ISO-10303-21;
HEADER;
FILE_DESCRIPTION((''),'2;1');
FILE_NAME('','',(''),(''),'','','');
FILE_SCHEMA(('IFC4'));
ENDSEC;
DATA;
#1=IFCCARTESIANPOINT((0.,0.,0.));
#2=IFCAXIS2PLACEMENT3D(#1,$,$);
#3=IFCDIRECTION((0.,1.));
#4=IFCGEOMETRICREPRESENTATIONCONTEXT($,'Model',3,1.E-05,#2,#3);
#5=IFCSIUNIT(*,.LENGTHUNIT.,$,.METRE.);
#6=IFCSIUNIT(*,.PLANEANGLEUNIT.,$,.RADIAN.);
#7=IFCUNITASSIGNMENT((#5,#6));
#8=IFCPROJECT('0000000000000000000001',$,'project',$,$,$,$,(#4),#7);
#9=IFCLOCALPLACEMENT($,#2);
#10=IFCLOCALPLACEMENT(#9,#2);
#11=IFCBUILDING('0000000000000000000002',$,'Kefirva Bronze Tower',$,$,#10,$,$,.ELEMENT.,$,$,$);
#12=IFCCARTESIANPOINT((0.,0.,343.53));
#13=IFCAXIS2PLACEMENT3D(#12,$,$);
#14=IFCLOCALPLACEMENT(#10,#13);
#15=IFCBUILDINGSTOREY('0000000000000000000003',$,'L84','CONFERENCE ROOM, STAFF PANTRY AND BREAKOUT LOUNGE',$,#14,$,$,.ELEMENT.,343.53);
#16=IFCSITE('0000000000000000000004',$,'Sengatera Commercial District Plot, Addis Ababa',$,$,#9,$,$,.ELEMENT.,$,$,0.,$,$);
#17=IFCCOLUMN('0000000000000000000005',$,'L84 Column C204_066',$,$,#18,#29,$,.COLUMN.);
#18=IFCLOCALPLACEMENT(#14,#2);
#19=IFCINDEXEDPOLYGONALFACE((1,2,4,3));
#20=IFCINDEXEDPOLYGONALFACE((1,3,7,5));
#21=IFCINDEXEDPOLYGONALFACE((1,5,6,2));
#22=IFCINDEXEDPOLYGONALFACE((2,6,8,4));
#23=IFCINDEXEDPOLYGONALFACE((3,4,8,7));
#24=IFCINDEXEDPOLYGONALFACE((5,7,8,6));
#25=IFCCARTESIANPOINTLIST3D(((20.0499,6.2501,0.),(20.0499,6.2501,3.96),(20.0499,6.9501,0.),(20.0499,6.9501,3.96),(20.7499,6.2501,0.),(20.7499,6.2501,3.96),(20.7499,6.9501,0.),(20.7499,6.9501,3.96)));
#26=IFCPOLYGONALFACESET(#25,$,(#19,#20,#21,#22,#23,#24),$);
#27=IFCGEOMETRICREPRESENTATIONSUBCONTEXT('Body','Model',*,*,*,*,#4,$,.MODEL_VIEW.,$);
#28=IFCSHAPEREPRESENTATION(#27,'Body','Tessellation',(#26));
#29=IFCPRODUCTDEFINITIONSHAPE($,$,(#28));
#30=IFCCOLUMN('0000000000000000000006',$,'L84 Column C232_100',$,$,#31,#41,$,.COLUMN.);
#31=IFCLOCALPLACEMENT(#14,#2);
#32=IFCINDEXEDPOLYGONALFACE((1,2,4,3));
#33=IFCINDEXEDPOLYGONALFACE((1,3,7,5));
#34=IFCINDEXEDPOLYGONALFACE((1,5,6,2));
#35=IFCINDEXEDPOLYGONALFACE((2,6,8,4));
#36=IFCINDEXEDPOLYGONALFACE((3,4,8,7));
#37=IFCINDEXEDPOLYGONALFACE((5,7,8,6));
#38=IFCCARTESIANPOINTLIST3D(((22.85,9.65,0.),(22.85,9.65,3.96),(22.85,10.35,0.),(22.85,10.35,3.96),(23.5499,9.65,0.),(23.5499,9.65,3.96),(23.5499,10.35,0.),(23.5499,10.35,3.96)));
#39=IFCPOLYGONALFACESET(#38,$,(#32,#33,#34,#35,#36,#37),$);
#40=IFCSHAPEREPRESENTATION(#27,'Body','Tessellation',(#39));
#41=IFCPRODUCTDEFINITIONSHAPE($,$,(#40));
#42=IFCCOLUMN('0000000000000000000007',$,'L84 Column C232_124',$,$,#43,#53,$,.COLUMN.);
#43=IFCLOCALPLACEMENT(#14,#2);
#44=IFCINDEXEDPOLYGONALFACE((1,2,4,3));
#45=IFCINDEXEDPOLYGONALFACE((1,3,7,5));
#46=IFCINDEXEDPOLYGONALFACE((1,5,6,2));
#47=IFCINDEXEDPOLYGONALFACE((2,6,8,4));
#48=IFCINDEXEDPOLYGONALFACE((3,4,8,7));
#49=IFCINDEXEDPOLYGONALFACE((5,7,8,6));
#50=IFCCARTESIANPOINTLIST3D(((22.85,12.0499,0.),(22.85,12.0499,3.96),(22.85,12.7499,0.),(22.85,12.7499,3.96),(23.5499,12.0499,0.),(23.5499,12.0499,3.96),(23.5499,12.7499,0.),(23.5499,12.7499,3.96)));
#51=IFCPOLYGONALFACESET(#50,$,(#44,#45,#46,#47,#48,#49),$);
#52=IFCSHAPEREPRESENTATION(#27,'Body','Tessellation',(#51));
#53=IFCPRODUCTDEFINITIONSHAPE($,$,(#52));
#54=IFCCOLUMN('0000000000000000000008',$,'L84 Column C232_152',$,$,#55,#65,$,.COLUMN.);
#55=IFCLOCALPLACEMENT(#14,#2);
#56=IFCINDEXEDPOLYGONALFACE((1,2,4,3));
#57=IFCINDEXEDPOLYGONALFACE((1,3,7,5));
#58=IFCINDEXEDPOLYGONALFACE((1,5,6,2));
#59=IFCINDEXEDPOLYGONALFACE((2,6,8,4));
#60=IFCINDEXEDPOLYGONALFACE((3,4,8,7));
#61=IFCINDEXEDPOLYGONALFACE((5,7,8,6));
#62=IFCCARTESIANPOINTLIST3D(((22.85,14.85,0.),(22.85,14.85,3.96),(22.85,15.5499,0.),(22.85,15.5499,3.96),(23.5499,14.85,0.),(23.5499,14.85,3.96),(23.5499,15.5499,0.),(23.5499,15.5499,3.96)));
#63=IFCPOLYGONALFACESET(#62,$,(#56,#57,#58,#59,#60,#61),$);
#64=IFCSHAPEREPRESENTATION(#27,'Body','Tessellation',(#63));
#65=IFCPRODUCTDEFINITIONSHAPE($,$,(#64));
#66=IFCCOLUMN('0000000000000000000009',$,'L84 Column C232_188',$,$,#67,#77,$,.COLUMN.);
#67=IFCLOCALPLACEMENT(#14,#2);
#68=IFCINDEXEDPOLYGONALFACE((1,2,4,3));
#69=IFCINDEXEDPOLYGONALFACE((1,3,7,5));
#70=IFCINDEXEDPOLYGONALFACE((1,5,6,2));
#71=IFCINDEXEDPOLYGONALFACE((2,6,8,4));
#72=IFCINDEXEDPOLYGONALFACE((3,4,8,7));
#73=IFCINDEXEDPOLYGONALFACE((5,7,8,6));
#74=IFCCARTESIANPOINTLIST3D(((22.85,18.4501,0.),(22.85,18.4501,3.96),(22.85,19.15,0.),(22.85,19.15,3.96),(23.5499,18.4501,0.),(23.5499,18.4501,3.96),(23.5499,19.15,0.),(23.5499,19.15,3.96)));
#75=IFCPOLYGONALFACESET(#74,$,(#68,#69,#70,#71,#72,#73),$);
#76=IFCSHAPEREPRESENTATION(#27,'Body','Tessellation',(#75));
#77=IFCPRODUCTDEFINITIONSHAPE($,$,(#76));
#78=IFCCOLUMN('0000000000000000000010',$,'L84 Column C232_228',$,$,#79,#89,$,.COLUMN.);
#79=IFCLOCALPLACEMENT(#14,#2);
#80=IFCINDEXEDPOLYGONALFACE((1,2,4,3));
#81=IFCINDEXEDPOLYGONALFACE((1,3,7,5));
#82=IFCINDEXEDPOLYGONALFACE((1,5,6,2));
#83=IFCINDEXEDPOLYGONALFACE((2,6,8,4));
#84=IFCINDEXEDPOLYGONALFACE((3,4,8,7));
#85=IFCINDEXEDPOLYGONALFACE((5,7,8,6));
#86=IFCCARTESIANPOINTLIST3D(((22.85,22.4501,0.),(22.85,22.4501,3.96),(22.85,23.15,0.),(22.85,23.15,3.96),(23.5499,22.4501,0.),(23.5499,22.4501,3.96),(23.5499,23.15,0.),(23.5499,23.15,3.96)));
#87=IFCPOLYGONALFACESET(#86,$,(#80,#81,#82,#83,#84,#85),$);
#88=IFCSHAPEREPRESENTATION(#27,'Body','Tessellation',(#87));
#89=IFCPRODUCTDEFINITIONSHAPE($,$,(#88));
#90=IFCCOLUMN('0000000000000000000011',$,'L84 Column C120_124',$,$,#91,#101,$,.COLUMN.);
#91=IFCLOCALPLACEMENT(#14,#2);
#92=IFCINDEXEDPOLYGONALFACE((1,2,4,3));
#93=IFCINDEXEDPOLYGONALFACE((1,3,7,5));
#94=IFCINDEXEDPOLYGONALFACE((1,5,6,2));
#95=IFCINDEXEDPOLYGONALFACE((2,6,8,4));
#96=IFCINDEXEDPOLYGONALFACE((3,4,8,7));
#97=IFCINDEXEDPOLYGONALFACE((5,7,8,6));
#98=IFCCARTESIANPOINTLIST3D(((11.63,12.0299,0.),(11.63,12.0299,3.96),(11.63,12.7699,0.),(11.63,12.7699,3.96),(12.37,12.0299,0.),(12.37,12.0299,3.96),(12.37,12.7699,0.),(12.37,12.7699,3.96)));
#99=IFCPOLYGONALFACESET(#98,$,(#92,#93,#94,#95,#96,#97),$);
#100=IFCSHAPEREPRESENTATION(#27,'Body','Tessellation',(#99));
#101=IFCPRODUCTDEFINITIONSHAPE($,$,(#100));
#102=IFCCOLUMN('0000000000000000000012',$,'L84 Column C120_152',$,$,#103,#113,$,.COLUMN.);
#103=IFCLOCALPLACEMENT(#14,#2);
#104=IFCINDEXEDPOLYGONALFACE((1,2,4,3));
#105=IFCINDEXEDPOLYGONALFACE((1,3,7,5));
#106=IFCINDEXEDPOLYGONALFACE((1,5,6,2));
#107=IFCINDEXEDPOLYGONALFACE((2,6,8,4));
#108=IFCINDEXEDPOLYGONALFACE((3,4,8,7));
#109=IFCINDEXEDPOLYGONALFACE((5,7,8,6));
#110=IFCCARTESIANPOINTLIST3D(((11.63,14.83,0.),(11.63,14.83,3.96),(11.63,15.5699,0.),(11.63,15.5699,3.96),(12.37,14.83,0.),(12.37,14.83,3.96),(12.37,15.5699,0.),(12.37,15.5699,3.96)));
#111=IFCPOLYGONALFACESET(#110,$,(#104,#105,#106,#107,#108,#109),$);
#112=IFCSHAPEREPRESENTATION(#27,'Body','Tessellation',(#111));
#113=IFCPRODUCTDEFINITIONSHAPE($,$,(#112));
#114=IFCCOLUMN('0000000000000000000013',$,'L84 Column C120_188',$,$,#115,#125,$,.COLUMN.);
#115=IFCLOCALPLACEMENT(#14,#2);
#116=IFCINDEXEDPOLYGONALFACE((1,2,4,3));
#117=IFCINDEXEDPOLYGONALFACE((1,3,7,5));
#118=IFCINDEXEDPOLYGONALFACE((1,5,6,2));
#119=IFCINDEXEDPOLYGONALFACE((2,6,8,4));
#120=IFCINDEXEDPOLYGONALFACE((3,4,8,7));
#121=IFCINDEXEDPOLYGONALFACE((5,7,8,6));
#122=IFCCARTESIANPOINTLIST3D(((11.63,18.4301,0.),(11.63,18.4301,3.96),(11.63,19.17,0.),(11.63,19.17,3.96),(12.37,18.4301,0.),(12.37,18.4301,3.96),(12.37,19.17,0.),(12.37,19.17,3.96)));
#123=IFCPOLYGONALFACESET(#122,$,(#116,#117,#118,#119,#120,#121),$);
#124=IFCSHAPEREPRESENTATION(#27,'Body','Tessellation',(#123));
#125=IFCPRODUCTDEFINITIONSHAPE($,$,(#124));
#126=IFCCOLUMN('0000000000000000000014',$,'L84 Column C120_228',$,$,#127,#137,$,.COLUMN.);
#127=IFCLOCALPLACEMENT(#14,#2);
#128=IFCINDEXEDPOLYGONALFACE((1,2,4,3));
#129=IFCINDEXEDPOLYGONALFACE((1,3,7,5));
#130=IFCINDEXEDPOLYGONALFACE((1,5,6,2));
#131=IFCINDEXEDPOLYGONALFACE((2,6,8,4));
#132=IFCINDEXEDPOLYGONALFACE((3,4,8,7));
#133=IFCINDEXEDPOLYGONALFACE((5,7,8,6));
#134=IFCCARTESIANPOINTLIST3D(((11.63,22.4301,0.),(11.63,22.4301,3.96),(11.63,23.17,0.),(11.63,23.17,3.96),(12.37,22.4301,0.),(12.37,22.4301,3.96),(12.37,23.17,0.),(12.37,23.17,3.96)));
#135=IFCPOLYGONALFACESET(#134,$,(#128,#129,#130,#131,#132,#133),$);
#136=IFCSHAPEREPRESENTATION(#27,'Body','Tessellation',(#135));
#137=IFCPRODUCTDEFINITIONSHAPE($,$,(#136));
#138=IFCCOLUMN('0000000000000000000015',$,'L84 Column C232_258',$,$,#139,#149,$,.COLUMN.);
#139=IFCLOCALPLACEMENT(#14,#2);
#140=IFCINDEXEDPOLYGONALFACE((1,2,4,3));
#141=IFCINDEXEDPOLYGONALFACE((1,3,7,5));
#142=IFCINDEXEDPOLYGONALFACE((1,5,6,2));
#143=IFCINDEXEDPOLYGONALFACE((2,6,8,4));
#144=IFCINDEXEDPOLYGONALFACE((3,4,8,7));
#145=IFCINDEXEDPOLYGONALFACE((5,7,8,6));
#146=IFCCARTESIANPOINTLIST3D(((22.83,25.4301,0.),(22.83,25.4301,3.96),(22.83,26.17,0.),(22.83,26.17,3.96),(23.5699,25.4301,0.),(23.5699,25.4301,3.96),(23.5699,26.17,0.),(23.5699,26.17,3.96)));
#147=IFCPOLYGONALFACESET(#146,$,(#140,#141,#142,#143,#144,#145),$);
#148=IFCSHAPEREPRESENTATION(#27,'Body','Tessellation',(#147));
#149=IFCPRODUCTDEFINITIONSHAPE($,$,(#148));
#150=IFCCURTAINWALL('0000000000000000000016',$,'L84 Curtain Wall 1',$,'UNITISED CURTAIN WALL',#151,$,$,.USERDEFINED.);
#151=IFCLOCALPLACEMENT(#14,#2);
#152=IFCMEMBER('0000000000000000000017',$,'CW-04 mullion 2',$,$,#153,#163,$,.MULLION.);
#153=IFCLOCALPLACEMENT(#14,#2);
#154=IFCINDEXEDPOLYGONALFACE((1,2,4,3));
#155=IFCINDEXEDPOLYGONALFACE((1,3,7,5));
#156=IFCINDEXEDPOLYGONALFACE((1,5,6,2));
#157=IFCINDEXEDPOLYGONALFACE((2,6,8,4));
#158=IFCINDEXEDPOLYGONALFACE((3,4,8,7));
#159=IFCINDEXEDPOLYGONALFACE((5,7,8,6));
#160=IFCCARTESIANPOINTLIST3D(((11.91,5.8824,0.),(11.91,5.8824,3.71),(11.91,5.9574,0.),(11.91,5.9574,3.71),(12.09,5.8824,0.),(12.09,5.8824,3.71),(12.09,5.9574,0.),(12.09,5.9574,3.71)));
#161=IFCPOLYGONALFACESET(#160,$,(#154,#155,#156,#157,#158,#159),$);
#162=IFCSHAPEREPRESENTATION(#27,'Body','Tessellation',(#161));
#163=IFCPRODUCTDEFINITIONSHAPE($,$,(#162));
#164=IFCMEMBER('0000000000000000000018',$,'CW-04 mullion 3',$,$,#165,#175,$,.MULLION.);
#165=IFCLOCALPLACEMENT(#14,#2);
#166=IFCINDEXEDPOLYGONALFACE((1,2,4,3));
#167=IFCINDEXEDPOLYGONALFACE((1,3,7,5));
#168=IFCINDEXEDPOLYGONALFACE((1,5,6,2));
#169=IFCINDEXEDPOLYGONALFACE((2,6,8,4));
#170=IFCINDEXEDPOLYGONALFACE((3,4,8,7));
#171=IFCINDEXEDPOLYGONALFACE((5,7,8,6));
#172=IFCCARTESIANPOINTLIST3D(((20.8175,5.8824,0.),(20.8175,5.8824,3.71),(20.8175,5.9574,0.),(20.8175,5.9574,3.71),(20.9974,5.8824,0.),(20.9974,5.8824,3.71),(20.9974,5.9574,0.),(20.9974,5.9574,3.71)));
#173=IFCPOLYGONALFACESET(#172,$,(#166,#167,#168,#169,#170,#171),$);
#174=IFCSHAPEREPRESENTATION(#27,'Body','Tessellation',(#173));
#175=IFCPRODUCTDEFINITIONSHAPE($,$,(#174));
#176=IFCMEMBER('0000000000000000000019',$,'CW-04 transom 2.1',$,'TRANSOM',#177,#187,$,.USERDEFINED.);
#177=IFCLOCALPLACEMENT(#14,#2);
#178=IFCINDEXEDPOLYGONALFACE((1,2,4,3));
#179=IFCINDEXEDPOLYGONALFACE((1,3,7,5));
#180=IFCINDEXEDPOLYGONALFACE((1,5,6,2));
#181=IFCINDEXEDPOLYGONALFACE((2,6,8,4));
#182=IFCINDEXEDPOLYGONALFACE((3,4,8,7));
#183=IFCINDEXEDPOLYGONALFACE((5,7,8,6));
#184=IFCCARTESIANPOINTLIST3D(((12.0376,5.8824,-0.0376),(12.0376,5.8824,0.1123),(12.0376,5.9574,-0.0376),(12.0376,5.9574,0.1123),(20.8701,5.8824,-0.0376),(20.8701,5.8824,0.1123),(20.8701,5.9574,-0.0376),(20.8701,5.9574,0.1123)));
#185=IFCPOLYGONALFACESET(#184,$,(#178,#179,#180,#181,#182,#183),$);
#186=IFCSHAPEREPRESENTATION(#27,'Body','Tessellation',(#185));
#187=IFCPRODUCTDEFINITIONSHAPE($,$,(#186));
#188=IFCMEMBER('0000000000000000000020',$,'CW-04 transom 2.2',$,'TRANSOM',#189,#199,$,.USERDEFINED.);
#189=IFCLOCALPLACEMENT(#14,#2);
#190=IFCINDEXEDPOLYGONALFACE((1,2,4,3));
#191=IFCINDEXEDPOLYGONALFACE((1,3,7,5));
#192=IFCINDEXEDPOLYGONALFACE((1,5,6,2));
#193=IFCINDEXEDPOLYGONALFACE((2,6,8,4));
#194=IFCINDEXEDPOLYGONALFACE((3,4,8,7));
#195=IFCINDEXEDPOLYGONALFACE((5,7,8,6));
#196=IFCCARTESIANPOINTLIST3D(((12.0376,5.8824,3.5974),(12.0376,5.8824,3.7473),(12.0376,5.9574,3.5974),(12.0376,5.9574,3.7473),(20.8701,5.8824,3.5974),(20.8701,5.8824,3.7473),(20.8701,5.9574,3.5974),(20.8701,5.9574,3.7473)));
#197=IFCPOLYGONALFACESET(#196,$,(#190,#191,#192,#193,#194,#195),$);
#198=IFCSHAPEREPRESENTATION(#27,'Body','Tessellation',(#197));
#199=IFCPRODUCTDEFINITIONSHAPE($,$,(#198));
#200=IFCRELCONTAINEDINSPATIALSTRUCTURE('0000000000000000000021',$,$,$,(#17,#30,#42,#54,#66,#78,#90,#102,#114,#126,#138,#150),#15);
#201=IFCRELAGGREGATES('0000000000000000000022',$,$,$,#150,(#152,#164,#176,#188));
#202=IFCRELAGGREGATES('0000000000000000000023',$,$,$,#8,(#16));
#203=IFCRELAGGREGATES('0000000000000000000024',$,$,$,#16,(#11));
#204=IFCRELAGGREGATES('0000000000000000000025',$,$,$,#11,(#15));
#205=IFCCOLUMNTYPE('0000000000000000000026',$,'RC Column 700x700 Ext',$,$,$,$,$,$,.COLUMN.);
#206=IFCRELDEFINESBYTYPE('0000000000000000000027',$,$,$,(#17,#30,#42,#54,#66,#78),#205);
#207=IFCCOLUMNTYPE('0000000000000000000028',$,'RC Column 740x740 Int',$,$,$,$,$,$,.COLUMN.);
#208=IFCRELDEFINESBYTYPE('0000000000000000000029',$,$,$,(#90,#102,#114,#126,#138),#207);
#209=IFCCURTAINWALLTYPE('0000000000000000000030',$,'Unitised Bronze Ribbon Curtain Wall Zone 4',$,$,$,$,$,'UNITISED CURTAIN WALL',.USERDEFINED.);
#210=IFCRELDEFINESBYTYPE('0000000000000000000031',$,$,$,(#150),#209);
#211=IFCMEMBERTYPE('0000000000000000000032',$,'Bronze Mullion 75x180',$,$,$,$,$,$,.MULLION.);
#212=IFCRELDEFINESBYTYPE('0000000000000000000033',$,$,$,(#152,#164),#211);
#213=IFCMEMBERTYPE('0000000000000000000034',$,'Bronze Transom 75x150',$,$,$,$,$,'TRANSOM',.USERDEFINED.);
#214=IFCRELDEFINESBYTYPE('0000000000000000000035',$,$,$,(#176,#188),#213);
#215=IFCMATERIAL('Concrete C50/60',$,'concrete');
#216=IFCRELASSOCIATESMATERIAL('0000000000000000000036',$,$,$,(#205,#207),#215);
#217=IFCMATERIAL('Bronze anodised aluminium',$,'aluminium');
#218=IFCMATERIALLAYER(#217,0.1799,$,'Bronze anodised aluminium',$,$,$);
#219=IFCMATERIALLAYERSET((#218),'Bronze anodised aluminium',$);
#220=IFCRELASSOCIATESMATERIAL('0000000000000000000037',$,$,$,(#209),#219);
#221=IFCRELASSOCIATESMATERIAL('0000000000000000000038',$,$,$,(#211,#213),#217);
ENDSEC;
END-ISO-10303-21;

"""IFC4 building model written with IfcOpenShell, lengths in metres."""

from ifc_helpers import new_model, si_unit, direction, frame, origin, origin_2d, place, context, subcontext, project, spatial, rectangle, extrude, material, layer, layer_set, material_profile, profile_set, type_object, element, aggregate, save


model = new_model("IFC4")

# Units and contexts
model_context = context("Model", 3, precision=1e-05, world=origin(), true_north=direction((0.0, 1.0)))
body_context = subcontext(model_context, "Body", "Model", "MODEL_VIEW")
ifc_project = project(units=[si_unit("LENGTHUNIT", "METRE"), si_unit("PLANEANGLEUNIT", "RADIAN")], contexts=[model_context])

# Site, building, storey
site_placement = place(None, origin())
site = spatial("IfcSite", under=ifc_project, at=site_placement, Name="Sengatera Commercial District Plot, Addis Ababa", CompositionType="ELEMENT", RefElevation=0.0)
building_placement = place(site_placement, origin())
building = spatial("IfcBuilding", under=site, at=building_placement, Name="Kefirva Bronze Tower", CompositionType="ELEMENT")
storey_placement = place(building_placement, frame((0.0, 0.0, 343.53)))
storey = spatial("IfcBuildingStorey", under=building, at=storey_placement, Name="L84", Description="CONFERENCE ROOM, STAFF PANTRY AND BREAKOUT LOUNGE", CompositionType="ELEMENT", Elevation=343.53)

# Columns
ifc_material_1 = material(Name="Concrete C50/60", Category="concrete")
ifc_material_profile_1 = material_profile(ifc_material_1, rectangle(XDim=0.7, YDim=0.7, at=origin_2d()), Name="RC 700x700")
ifc_profile_set_1 = profile_set([ifc_material_profile_1], Name="Concrete C50/60")
column_type_1 = type_object("IfcColumnType", Name="RC Column 700x700 Ext", PredefinedType="COLUMN", material=ifc_profile_set_1)
for number, where, z_axis, x_axis, name in (
    (1, (20.3999, 6.6001, 0.0), (0.0, 0.0, 1.0), (1.0, 0.0, 0.0), "L84 Column C204_066"),
    (2, (23.2, 10.0, 0.0), (0.0, 0.0, 1.0), (1.0, 0.0, 0.0), "L84 Column C232_100"),
    (3, (23.2, 12.3999, 0.0), (0.0, 0.0, 1.0), (1.0, 0.0, 0.0), "L84 Column C232_124"),
    (4, (23.2, 15.2, 0.0), (0.0, 0.0, 1.0), (1.0, 0.0, 0.0), "L84 Column C232_152"),
    (5, (23.2, 18.8, 0.0), (0.0, 0.0, 1.0), (1.0, 0.0, 0.0), "L84 Column C232_188"),
    (6, (23.2, 22.8, 0.0), (0.0, 0.0, 1.0), (1.0, 0.0, 0.0), "L84 Column C232_228"),
):
    element("IfcColumn", number, at=place(storey_placement, frame(where, z_axis=z_axis, x_axis=x_axis)), inside=storey, type_object=column_type_1, Name=name, PredefinedType="COLUMN", context=body_context, shape_type="SweptSolid", body=[
        extrude(rectangle(XDim=0.7, YDim=0.7, at=origin_2d()), origin(), (0.0, 0.0, 1.0), 3.96),
    ])
ifc_material_profile_2 = material_profile(ifc_material_1, rectangle(XDim=0.74, YDim=0.74, at=origin_2d()), Name="RC 740x740")
ifc_profile_set_2 = profile_set([ifc_material_profile_2], Name="Concrete C50/60")
column_type_2 = type_object("IfcColumnType", Name="RC Column 740x740 Int", PredefinedType="COLUMN", material=ifc_profile_set_2)
for number, where, z_axis, x_axis, name in (
    (7, (12.0, 12.3999, 0.0), (0.0, 0.0, 1.0), (1.0, 0.0, 0.0), "L84 Column C120_124"),
    (8, (12.0, 15.2, 0.0), (0.0, 0.0, 1.0), (1.0, 0.0, 0.0), "L84 Column C120_152"),
    (9, (12.0, 18.8, 0.0), (0.0, 0.0, 1.0), (1.0, 0.0, 0.0), "L84 Column C120_188"),
    (10, (12.0, 22.8, 0.0), (0.0, 0.0, 1.0), (1.0, 0.0, 0.0), "L84 Column C120_228"),
    (11, (23.2, 25.8, 0.0), (0.0, 0.0, 1.0), (1.0, 0.0, 0.0), "L84 Column C232_258"),
):
    element("IfcColumn", number, at=place(storey_placement, frame(where, z_axis=z_axis, x_axis=x_axis)), inside=storey, type_object=column_type_2, Name=name, PredefinedType="COLUMN", context=body_context, shape_type="SweptSolid", body=[
        extrude(rectangle(XDim=0.74, YDim=0.74, at=origin_2d()), origin(), (0.0, 0.0, 1.0), 3.96),
    ])

# Curtain wall, members
ifc_material_2 = material(Name="Bronze anodised aluminium", Category="aluminium")
ifc_layer_1 = layer(ifc_material_2, 0.1799, Name="Bronze anodised aluminium")
ifc_layer_set_1 = layer_set([ifc_layer_1], Name="Bronze anodised aluminium")
curtain_wall_type = type_object("IfcCurtainWallType", Name="Unitised Bronze Ribbon Curtain Wall Zone 4", ElementType="UNITISED CURTAIN WALL", PredefinedType="USERDEFINED", material=ifc_layer_set_1)
curtain_wall_placement = place(storey_placement, origin())
curtain_wall = element("IfcCurtainWall", 12, at=curtain_wall_placement, inside=storey, type_object=curtain_wall_type, Name="L84 Curtain Wall 1", ObjectType="UNITISED CURTAIN WALL", PredefinedType="USERDEFINED")
ifc_material_profile_3 = material_profile(ifc_material_2, rectangle(XDim=0.075, YDim=0.1799, at=origin_2d()), Name="ALU 75x180")
ifc_profile_set_3 = profile_set([ifc_material_profile_3], Name="Bronze anodised aluminium")
member_type_1 = type_object("IfcMemberType", Name="Bronze Mullion 75x180", PredefinedType="MULLION", material=ifc_profile_set_3)
member_1_placement = place(storey_placement, frame((12.0, 5.9199, 0.0), z_axis=(0.0, 0.0, 1.0), x_axis=(0.0, 1.0, 0.0)))
member_1 = element("IfcMember", 13, at=member_1_placement, type_object=member_type_1, Name="CW-04 mullion 2", PredefinedType="MULLION", context=body_context, shape_type="SweptSolid", body=[
    extrude(rectangle(XDim=0.075, YDim=0.1799, at=origin_2d()), origin(), (0.0, 0.0, 1.0), 3.71),
])
member_2_placement = place(storey_placement, frame((20.9075, 5.9199, 0.0), z_axis=(0.0, 0.0, 1.0), x_axis=(0.0, 1.0, 0.0)))
member_2 = element("IfcMember", 14, at=member_2_placement, type_object=member_type_1, Name="CW-04 mullion 3", PredefinedType="MULLION", context=body_context, shape_type="SweptSolid", body=[
    extrude(rectangle(XDim=0.075, YDim=0.1799, at=origin_2d()), origin(), (0.0, 0.0, 1.0), 3.71),
])
ifc_material_profile_4 = material_profile(ifc_material_2, rectangle(XDim=0.075, YDim=0.1499, at=origin_2d()), Name="ALU 75x150")
ifc_profile_set_4 = profile_set([ifc_material_profile_4], Name="Bronze anodised aluminium")
member_type_2 = type_object("IfcMemberType", Name="Bronze Transom 75x150", ElementType="TRANSOM", PredefinedType="USERDEFINED", material=ifc_profile_set_4)
member_3_placement = place(storey_placement, frame((12.0376, 5.9199, 0.0374), z_axis=(1.0, 0.0, 0.0), x_axis=(0.0, 1.0, 0.0)))
member_3 = element("IfcMember", 15, at=member_3_placement, type_object=member_type_2, Name="CW-04 transom 2.1", ObjectType="TRANSOM", PredefinedType="USERDEFINED", context=body_context, shape_type="SweptSolid", body=[
    extrude(rectangle(XDim=0.075, YDim=0.1499, at=origin_2d()), origin(), (0.0, 0.0, 1.0), 8.8325),
])
member_4_placement = place(storey_placement, frame((12.0376, 5.9199, 3.6724), z_axis=(1.0, 0.0, 0.0), x_axis=(0.0, 1.0, 0.0)))
member_4 = element("IfcMember", 16, at=member_4_placement, type_object=member_type_2, Name="CW-04 transom 2.2", ObjectType="TRANSOM", PredefinedType="USERDEFINED", context=body_context, shape_type="SweptSolid", body=[
    extrude(rectangle(XDim=0.075, YDim=0.1499, at=origin_2d()), origin(), (0.0, 0.0, 1.0), 8.8325),
])

aggregate(curtain_wall, [member_1, member_2, member_3, member_4])

save(model, "model.ifc")
